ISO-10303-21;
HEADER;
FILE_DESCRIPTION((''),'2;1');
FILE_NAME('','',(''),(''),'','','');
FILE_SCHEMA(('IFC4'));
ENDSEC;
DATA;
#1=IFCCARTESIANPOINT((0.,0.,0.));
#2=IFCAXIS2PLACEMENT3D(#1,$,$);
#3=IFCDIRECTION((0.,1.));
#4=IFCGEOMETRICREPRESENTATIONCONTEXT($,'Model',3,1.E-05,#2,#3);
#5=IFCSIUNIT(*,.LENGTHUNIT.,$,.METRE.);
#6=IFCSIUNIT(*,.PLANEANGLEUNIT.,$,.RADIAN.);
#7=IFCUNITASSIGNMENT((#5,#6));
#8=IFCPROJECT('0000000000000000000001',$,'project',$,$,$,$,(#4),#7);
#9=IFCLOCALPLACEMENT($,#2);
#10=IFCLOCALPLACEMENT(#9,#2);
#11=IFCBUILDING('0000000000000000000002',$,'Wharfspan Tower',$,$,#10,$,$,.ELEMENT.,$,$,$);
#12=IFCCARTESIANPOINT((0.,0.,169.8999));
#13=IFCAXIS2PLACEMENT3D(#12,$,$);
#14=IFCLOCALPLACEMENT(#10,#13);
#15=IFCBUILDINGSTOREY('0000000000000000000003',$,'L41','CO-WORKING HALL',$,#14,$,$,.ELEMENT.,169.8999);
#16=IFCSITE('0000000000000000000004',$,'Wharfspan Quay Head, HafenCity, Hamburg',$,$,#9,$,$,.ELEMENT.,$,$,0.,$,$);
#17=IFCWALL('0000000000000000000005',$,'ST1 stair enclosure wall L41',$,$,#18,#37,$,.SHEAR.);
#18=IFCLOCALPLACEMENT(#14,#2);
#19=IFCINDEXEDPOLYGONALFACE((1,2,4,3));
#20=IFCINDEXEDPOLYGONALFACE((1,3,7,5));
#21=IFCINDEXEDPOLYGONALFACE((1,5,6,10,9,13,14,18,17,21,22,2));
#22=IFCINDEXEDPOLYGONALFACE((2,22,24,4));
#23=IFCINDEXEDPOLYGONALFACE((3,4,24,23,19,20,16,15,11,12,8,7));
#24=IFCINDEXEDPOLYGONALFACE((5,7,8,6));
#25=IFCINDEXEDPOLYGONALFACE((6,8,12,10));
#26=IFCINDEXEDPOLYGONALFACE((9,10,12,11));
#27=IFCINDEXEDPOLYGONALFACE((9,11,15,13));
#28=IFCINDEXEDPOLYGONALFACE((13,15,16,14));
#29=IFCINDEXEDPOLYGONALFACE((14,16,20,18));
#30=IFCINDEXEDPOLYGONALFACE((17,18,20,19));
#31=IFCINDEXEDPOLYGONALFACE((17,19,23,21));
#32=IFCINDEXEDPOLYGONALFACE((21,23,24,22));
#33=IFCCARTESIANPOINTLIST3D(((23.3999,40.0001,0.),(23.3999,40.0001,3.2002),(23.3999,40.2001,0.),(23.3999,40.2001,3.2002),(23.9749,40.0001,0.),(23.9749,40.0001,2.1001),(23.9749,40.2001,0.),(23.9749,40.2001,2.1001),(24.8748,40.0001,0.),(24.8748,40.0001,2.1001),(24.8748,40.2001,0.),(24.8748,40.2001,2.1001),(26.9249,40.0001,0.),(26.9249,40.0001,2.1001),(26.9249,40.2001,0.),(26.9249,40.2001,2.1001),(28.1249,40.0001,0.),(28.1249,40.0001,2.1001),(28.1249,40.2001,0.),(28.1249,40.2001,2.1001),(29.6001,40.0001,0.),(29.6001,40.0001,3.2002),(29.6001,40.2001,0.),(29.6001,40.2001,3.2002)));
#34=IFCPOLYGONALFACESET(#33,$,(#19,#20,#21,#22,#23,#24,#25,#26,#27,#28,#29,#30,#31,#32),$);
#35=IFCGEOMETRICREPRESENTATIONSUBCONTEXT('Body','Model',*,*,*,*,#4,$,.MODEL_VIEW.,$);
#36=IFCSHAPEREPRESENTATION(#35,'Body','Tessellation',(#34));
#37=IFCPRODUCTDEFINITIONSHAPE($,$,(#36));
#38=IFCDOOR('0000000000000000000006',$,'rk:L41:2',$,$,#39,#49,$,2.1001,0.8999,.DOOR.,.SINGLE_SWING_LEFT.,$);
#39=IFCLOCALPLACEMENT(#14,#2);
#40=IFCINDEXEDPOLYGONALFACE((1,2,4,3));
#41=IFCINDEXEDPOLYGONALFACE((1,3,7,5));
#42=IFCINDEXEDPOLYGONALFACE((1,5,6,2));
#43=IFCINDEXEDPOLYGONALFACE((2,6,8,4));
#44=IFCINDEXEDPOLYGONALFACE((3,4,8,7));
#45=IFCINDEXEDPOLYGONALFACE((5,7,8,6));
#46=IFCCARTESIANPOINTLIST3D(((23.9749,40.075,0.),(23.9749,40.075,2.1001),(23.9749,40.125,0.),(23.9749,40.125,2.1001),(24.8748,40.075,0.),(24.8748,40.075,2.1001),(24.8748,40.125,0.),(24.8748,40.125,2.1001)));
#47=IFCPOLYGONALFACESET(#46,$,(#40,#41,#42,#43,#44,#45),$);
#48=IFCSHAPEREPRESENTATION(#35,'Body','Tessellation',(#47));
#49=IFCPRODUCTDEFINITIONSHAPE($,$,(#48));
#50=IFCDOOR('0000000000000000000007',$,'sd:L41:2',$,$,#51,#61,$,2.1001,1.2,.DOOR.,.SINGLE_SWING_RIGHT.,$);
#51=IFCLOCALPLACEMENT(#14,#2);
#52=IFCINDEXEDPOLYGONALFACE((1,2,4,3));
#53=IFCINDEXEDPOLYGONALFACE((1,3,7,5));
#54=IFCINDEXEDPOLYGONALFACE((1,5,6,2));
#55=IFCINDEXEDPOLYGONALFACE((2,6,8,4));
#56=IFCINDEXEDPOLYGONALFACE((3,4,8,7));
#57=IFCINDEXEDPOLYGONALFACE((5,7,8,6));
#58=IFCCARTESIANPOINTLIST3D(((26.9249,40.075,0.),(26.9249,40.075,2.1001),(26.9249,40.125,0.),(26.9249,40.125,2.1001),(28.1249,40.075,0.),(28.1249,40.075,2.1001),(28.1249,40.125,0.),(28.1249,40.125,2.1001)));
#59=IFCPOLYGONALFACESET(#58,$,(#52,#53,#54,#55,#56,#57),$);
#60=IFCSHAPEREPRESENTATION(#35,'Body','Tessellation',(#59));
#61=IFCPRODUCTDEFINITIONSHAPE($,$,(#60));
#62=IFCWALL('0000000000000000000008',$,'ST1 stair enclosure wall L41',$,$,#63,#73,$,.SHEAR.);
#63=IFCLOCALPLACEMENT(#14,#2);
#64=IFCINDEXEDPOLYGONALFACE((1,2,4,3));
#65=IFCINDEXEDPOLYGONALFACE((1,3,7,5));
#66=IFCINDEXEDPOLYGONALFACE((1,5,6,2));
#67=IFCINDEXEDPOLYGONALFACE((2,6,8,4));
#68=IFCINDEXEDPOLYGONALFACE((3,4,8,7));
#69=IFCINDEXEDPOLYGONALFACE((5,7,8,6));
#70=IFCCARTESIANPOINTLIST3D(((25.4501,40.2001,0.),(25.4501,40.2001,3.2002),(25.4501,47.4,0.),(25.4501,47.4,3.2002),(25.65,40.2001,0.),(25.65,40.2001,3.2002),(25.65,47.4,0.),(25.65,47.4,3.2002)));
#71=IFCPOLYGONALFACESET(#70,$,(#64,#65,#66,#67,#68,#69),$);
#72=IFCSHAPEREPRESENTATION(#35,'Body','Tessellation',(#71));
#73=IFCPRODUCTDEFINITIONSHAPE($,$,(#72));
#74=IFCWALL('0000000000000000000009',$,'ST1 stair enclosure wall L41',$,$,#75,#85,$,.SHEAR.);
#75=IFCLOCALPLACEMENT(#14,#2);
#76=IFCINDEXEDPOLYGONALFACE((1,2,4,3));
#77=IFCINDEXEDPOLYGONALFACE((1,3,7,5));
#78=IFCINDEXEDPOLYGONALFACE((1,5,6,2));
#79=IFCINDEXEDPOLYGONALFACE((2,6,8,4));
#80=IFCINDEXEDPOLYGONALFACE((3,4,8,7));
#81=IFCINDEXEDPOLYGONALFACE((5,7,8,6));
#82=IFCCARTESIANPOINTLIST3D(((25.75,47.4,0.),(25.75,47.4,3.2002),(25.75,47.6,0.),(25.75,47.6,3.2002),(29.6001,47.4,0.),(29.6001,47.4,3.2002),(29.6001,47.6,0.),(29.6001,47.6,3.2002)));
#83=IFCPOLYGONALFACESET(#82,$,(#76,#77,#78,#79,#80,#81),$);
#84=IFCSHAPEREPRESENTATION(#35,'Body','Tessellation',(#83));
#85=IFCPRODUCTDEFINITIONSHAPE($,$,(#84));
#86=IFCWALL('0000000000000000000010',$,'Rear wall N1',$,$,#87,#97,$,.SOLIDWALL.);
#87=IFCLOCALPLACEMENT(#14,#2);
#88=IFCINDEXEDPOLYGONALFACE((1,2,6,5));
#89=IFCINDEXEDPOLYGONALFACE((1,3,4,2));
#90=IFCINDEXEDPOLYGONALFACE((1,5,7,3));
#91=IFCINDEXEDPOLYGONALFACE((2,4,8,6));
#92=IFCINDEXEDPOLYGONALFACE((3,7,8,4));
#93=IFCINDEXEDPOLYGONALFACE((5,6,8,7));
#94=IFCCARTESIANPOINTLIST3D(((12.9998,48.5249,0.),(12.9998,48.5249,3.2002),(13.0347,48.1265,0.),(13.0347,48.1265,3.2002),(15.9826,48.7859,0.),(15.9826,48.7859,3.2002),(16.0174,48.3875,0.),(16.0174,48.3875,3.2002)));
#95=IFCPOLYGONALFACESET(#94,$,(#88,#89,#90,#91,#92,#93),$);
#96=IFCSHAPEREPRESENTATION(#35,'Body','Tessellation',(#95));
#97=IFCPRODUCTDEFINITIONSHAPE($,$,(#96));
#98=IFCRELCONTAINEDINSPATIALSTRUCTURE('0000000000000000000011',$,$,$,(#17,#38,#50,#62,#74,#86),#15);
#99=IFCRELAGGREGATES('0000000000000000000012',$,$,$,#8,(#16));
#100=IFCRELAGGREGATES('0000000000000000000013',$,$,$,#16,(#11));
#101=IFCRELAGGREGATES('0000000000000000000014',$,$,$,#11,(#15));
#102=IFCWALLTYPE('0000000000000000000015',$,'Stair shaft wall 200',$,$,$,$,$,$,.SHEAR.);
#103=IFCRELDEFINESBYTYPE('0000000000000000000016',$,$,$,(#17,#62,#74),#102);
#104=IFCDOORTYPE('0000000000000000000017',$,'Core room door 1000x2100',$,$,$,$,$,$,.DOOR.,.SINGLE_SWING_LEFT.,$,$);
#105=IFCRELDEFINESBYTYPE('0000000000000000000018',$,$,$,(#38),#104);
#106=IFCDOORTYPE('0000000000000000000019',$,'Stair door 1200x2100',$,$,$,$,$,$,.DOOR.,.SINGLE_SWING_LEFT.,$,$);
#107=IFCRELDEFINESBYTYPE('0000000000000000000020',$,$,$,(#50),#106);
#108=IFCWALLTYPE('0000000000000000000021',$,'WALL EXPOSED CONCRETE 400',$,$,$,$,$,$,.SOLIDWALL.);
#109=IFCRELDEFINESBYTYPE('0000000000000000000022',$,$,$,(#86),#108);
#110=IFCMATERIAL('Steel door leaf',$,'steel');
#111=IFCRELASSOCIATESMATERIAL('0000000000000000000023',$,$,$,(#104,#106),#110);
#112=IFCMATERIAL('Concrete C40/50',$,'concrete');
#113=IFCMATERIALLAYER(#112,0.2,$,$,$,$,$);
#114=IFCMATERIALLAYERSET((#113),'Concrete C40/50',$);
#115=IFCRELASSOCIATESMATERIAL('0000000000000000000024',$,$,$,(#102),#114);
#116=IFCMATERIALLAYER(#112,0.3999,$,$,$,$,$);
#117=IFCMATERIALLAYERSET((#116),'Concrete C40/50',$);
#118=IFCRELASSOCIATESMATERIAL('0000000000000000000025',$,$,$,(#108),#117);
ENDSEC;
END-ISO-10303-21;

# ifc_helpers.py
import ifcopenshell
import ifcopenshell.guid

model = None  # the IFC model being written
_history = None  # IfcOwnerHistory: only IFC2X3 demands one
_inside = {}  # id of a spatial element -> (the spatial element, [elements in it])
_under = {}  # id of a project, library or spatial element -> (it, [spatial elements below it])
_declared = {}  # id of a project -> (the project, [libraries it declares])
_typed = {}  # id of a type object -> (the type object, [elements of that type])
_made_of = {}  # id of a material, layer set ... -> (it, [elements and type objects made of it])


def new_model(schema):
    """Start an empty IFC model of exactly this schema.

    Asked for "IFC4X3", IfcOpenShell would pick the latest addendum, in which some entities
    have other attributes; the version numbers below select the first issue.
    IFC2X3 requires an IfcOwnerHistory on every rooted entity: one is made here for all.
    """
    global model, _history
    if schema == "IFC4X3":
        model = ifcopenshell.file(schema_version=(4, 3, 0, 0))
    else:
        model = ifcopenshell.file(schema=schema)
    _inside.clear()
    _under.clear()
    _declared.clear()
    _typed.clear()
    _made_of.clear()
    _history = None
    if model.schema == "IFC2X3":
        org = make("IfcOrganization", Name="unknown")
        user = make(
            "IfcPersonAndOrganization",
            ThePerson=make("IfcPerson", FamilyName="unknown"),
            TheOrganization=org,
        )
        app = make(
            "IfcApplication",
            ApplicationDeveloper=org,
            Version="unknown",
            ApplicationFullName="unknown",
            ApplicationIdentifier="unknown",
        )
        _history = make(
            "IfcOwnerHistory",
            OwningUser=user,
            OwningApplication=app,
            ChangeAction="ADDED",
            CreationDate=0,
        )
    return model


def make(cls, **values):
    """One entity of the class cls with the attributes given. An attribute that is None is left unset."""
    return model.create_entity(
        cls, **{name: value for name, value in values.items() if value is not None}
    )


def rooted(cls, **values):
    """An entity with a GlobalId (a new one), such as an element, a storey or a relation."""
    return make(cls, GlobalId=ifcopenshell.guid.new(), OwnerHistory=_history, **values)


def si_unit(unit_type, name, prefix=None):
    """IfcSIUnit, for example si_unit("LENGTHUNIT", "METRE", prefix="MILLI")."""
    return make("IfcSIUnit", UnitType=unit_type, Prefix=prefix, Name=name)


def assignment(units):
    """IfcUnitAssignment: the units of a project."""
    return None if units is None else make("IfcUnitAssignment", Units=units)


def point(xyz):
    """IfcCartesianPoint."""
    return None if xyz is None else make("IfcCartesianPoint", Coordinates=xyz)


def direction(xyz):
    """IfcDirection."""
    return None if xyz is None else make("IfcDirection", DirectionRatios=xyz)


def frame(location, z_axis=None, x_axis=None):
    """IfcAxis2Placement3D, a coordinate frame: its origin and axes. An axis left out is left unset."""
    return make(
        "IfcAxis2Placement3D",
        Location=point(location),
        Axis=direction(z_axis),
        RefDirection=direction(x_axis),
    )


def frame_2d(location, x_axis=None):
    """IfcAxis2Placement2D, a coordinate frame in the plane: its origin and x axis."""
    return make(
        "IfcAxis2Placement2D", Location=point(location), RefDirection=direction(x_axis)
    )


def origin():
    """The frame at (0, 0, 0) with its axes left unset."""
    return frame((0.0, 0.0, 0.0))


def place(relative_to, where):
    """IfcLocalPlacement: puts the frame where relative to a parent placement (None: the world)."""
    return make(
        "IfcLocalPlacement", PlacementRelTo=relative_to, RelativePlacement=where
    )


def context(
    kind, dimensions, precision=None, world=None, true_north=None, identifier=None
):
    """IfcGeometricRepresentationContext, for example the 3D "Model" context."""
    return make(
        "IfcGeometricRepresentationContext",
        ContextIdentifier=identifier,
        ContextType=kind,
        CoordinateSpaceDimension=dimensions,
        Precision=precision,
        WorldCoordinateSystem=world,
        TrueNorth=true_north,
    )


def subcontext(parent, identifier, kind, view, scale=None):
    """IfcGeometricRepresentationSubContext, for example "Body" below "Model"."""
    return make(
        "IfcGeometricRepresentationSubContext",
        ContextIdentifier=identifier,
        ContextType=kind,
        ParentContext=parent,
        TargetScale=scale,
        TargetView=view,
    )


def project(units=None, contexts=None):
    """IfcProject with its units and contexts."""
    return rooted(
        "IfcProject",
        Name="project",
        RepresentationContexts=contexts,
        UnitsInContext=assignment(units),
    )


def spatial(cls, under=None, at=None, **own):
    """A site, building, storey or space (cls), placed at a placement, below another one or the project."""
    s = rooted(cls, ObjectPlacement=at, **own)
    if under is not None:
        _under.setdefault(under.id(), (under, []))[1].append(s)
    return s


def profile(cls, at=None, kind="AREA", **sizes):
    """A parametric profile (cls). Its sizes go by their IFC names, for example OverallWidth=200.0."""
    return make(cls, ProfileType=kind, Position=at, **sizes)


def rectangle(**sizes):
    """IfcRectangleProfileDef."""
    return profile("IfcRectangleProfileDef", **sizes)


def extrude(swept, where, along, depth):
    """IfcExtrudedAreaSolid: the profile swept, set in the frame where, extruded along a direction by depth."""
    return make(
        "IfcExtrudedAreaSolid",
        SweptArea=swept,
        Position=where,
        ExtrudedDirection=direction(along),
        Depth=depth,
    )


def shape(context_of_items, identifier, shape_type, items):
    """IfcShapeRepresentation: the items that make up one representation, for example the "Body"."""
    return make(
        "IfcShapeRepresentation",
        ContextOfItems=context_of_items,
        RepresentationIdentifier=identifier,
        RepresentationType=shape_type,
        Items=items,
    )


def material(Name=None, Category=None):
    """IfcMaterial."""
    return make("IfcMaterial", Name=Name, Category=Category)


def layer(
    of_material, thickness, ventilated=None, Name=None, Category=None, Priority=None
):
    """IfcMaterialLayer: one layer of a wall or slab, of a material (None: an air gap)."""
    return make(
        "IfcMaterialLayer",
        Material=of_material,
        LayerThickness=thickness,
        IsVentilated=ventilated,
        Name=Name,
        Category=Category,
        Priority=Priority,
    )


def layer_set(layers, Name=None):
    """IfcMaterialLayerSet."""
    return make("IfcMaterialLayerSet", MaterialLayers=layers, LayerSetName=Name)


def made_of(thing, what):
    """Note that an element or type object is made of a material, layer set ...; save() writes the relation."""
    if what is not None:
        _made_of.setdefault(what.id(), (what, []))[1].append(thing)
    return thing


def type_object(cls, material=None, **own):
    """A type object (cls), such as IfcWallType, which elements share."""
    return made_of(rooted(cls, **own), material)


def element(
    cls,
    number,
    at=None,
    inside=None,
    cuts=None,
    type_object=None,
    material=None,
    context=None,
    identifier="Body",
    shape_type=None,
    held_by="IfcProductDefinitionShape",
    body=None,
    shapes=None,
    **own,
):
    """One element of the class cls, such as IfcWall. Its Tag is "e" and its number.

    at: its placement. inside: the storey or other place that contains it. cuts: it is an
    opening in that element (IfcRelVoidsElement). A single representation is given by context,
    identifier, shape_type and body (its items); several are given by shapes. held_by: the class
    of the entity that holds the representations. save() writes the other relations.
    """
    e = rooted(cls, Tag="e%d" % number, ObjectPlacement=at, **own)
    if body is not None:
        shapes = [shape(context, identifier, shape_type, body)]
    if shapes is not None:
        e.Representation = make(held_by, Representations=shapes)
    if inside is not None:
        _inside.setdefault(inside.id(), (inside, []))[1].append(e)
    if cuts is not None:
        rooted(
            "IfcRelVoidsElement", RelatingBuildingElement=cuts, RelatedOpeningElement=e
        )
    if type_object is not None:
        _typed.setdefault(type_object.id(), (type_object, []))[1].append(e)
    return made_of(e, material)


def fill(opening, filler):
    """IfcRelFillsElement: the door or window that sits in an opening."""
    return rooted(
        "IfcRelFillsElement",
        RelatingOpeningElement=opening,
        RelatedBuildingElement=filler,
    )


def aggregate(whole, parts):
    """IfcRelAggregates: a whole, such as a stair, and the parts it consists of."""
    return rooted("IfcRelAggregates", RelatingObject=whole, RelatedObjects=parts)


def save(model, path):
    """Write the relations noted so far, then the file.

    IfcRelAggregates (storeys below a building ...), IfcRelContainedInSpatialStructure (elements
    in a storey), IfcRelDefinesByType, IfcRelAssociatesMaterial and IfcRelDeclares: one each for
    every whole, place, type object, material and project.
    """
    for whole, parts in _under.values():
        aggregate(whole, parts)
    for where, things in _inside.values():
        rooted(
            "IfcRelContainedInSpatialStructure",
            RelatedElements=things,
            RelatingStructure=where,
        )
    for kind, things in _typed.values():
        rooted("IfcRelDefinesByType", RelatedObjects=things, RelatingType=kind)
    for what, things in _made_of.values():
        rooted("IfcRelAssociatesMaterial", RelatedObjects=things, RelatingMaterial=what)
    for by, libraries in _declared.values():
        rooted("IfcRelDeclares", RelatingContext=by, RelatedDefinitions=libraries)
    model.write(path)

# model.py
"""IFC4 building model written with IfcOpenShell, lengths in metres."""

from ifc_helpers import new_model, si_unit, direction, frame, frame_2d, origin, place, context, subcontext, project, spatial, rectangle, extrude, material, layer, layer_set, type_object, element, fill, save


model = new_model("IFC4")

# Units and contexts
model_context = context("Model", 3, precision=1e-05, world=origin(), true_north=direction((0.0, 1.0)))
body_context = subcontext(model_context, "Body", "Model", "MODEL_VIEW")
ifc_project = project(units=[si_unit("LENGTHUNIT", "METRE"), si_unit("PLANEANGLEUNIT", "RADIAN")], contexts=[model_context])

# Site, building, storey
site_placement = place(None, origin())
site = spatial("IfcSite", under=ifc_project, at=site_placement, Name="Wharfspan Quay Head, HafenCity, Hamburg", CompositionType="ELEMENT", RefElevation=0.0)
building_placement = place(site_placement, origin())
building = spatial("IfcBuilding", under=site, at=building_placement, Name="Wharfspan Tower", CompositionType="ELEMENT")
storey_placement = place(building_placement, frame((0.0, 0.0, 169.8999)))
storey = spatial("IfcBuildingStorey", under=building, at=storey_placement, Name="L41", Description="CO-WORKING HALL", CompositionType="ELEMENT", Elevation=169.8999)

# Shared definitions
ifc_material_1 = material(Name="Steel door leaf", Category="steel")
door_type_1 = type_object("IfcDoorType", Name="Core room door 1000x2100", OperationType="SINGLE_SWING_LEFT", PredefinedType="DOOR", material=ifc_material_1)
door_type_2 = type_object("IfcDoorType", Name="Stair door 1200x2100", OperationType="SINGLE_SWING_LEFT", PredefinedType="DOOR", material=ifc_material_1)

# Wall, openings, doors
ifc_material_2 = material(Name="Concrete C40/50", Category="concrete")
ifc_layer_1 = layer(ifc_material_2, 0.2)
ifc_layer_set_1 = layer_set([ifc_layer_1], Name="Concrete C40/50")
wall_type_1 = type_object("IfcWallType", Name="Stair shaft wall 200", PredefinedType="SHEAR", material=ifc_layer_set_1)
wall_1_placement = place(storey_placement, frame((23.3999, 40.1001, 0.0), z_axis=(0.0, 0.0, 1.0), x_axis=(1.0, 0.0, 0.0)))
wall_1 = element("IfcWall", 1, at=wall_1_placement, inside=storey, type_object=wall_type_1, Name="ST1 stair enclosure wall L41", PredefinedType="SHEAR", context=body_context, shape_type="SweptSolid", body=[
    extrude(rectangle(XDim=6.2002, YDim=0.2, at=frame_2d((3.1001, 0.0))), origin(), (0.0, 0.0, 1.0), 3.2002),
])
opening_1_placement = place(wall_1_placement, frame((3.5249, 0.0, 0.0)))
opening_1 = element("IfcOpeningElement", 2, at=opening_1_placement, cuts=wall_1, PredefinedType="OPENING", context=body_context, shape_type="SweptSolid", body=[
    extrude(rectangle(XDim=1.2, YDim=2.1001, at=frame_2d((0.6001, 1.05))), frame((0.0, 0.1099, 0.0), z_axis=(0.0, -1.0, 0.0), x_axis=(1.0, 0.0, 0.0)), (0.0, 0.0, 1.0), 0.22),
])
opening_2_placement = place(wall_1_placement, frame((0.575, 0.0, 0.0)))
opening_2 = element("IfcOpeningElement", 3, at=opening_2_placement, cuts=wall_1, PredefinedType="OPENING", context=body_context, shape_type="SweptSolid", body=[
    extrude(rectangle(XDim=0.8999, YDim=2.1001, at=frame_2d((0.45, 1.05))), frame((0.0, 0.1099, 0.0), z_axis=(0.0, -1.0, 0.0), x_axis=(1.0, 0.0, 0.0)), (0.0, 0.0, 1.0), 0.22),
])
door_1_placement = place(opening_2_placement, origin())
door_1 = element("IfcDoor", 4, at=door_1_placement, inside=storey, type_object=door_type_1, Name="rk:L41:2", OperationType="SINGLE_SWING_LEFT", OverallHeight=2.1001, OverallWidth=0.8999, PredefinedType="DOOR", context=body_context, shape_type="SweptSolid", body=[
    extrude(rectangle(XDim=0.8999, YDim=2.1001, at=frame_2d((0.45, 1.05))), frame((0.0, 0.0249, 0.0), z_axis=(0.0, -1.0, 0.0), x_axis=(1.0, 0.0, 0.0)), (0.0, 0.0, 1.0), 0.05),
])
fill(opening_2, door_1)
door_2_placement = place(opening_1_placement, origin())
door_2 = element("IfcDoor", 5, at=door_2_placement, inside=storey, type_object=door_type_2, Name="sd:L41:2", OperationType="SINGLE_SWING_RIGHT", OverallHeight=2.1001, OverallWidth=1.2, PredefinedType="DOOR", context=body_context, shape_type="SweptSolid", body=[
    extrude(rectangle(XDim=1.2, YDim=2.1001, at=frame_2d((0.6001, 1.05))), frame((0.0, 0.0249, 0.0), z_axis=(0.0, -1.0, 0.0), x_axis=(1.0, 0.0, 0.0)), (0.0, 0.0, 1.0), 0.05),
])
fill(opening_1, door_2)

# Walls
wall_2_placement = place(storey_placement, frame((25.55, 40.2, 0.0), z_axis=(0.0, 0.0, 1.0), x_axis=(0.0, 1.0, 0.0)))
element("IfcWall", 6, at=wall_2_placement, inside=storey, type_object=wall_type_1, Name="ST1 stair enclosure wall L41", PredefinedType="SHEAR", context=body_context, shape_type="SweptSolid", body=[
    extrude(rectangle(XDim=7.2, YDim=0.2, at=frame_2d((3.6001, 0.0))), origin(), (0.0, 0.0, 1.0), 3.2002),
])
wall_3_placement = place(storey_placement, frame((25.75, 47.5, 0.0), z_axis=(0.0, 0.0, 1.0), x_axis=(1.0, 0.0, 0.0)))
element("IfcWall", 7, at=wall_3_placement, inside=storey, type_object=wall_type_1, Name="ST1 stair enclosure wall L41", PredefinedType="SHEAR", context=body_context, shape_type="SweptSolid", body=[
    extrude(rectangle(XDim=3.8501, YDim=0.2, at=frame_2d((1.925, 0.0))), origin(), (0.0, 0.0, 1.0), 3.2002),
])
ifc_layer_2 = layer(ifc_material_2, 0.3999)
ifc_layer_set_2 = layer_set([ifc_layer_2], Name="Concrete C40/50")
wall_type_2 = type_object("IfcWallType", Name="WALL EXPOSED CONCRETE 400", PredefinedType="SOLIDWALL", material=ifc_layer_set_2)
wall_4_placement = place(storey_placement, frame((16.0, 48.5867, 0.0), z_axis=(0.0, 0.0, 1.0), x_axis=(-0.996194, -0.087168, 0.0)))
element("IfcWall", 8, at=wall_4_placement, inside=storey, type_object=wall_type_2, Name="Rear wall N1", PredefinedType="SOLIDWALL", context=body_context, shape_type="SweptSolid", body=[
    extrude(rectangle(XDim=2.9941, YDim=0.3999, at=frame_2d((1.4971, 0.0))), origin(), (0.0, 0.0, 1.0), 3.2002),
])

save(model, "model.ifc")
